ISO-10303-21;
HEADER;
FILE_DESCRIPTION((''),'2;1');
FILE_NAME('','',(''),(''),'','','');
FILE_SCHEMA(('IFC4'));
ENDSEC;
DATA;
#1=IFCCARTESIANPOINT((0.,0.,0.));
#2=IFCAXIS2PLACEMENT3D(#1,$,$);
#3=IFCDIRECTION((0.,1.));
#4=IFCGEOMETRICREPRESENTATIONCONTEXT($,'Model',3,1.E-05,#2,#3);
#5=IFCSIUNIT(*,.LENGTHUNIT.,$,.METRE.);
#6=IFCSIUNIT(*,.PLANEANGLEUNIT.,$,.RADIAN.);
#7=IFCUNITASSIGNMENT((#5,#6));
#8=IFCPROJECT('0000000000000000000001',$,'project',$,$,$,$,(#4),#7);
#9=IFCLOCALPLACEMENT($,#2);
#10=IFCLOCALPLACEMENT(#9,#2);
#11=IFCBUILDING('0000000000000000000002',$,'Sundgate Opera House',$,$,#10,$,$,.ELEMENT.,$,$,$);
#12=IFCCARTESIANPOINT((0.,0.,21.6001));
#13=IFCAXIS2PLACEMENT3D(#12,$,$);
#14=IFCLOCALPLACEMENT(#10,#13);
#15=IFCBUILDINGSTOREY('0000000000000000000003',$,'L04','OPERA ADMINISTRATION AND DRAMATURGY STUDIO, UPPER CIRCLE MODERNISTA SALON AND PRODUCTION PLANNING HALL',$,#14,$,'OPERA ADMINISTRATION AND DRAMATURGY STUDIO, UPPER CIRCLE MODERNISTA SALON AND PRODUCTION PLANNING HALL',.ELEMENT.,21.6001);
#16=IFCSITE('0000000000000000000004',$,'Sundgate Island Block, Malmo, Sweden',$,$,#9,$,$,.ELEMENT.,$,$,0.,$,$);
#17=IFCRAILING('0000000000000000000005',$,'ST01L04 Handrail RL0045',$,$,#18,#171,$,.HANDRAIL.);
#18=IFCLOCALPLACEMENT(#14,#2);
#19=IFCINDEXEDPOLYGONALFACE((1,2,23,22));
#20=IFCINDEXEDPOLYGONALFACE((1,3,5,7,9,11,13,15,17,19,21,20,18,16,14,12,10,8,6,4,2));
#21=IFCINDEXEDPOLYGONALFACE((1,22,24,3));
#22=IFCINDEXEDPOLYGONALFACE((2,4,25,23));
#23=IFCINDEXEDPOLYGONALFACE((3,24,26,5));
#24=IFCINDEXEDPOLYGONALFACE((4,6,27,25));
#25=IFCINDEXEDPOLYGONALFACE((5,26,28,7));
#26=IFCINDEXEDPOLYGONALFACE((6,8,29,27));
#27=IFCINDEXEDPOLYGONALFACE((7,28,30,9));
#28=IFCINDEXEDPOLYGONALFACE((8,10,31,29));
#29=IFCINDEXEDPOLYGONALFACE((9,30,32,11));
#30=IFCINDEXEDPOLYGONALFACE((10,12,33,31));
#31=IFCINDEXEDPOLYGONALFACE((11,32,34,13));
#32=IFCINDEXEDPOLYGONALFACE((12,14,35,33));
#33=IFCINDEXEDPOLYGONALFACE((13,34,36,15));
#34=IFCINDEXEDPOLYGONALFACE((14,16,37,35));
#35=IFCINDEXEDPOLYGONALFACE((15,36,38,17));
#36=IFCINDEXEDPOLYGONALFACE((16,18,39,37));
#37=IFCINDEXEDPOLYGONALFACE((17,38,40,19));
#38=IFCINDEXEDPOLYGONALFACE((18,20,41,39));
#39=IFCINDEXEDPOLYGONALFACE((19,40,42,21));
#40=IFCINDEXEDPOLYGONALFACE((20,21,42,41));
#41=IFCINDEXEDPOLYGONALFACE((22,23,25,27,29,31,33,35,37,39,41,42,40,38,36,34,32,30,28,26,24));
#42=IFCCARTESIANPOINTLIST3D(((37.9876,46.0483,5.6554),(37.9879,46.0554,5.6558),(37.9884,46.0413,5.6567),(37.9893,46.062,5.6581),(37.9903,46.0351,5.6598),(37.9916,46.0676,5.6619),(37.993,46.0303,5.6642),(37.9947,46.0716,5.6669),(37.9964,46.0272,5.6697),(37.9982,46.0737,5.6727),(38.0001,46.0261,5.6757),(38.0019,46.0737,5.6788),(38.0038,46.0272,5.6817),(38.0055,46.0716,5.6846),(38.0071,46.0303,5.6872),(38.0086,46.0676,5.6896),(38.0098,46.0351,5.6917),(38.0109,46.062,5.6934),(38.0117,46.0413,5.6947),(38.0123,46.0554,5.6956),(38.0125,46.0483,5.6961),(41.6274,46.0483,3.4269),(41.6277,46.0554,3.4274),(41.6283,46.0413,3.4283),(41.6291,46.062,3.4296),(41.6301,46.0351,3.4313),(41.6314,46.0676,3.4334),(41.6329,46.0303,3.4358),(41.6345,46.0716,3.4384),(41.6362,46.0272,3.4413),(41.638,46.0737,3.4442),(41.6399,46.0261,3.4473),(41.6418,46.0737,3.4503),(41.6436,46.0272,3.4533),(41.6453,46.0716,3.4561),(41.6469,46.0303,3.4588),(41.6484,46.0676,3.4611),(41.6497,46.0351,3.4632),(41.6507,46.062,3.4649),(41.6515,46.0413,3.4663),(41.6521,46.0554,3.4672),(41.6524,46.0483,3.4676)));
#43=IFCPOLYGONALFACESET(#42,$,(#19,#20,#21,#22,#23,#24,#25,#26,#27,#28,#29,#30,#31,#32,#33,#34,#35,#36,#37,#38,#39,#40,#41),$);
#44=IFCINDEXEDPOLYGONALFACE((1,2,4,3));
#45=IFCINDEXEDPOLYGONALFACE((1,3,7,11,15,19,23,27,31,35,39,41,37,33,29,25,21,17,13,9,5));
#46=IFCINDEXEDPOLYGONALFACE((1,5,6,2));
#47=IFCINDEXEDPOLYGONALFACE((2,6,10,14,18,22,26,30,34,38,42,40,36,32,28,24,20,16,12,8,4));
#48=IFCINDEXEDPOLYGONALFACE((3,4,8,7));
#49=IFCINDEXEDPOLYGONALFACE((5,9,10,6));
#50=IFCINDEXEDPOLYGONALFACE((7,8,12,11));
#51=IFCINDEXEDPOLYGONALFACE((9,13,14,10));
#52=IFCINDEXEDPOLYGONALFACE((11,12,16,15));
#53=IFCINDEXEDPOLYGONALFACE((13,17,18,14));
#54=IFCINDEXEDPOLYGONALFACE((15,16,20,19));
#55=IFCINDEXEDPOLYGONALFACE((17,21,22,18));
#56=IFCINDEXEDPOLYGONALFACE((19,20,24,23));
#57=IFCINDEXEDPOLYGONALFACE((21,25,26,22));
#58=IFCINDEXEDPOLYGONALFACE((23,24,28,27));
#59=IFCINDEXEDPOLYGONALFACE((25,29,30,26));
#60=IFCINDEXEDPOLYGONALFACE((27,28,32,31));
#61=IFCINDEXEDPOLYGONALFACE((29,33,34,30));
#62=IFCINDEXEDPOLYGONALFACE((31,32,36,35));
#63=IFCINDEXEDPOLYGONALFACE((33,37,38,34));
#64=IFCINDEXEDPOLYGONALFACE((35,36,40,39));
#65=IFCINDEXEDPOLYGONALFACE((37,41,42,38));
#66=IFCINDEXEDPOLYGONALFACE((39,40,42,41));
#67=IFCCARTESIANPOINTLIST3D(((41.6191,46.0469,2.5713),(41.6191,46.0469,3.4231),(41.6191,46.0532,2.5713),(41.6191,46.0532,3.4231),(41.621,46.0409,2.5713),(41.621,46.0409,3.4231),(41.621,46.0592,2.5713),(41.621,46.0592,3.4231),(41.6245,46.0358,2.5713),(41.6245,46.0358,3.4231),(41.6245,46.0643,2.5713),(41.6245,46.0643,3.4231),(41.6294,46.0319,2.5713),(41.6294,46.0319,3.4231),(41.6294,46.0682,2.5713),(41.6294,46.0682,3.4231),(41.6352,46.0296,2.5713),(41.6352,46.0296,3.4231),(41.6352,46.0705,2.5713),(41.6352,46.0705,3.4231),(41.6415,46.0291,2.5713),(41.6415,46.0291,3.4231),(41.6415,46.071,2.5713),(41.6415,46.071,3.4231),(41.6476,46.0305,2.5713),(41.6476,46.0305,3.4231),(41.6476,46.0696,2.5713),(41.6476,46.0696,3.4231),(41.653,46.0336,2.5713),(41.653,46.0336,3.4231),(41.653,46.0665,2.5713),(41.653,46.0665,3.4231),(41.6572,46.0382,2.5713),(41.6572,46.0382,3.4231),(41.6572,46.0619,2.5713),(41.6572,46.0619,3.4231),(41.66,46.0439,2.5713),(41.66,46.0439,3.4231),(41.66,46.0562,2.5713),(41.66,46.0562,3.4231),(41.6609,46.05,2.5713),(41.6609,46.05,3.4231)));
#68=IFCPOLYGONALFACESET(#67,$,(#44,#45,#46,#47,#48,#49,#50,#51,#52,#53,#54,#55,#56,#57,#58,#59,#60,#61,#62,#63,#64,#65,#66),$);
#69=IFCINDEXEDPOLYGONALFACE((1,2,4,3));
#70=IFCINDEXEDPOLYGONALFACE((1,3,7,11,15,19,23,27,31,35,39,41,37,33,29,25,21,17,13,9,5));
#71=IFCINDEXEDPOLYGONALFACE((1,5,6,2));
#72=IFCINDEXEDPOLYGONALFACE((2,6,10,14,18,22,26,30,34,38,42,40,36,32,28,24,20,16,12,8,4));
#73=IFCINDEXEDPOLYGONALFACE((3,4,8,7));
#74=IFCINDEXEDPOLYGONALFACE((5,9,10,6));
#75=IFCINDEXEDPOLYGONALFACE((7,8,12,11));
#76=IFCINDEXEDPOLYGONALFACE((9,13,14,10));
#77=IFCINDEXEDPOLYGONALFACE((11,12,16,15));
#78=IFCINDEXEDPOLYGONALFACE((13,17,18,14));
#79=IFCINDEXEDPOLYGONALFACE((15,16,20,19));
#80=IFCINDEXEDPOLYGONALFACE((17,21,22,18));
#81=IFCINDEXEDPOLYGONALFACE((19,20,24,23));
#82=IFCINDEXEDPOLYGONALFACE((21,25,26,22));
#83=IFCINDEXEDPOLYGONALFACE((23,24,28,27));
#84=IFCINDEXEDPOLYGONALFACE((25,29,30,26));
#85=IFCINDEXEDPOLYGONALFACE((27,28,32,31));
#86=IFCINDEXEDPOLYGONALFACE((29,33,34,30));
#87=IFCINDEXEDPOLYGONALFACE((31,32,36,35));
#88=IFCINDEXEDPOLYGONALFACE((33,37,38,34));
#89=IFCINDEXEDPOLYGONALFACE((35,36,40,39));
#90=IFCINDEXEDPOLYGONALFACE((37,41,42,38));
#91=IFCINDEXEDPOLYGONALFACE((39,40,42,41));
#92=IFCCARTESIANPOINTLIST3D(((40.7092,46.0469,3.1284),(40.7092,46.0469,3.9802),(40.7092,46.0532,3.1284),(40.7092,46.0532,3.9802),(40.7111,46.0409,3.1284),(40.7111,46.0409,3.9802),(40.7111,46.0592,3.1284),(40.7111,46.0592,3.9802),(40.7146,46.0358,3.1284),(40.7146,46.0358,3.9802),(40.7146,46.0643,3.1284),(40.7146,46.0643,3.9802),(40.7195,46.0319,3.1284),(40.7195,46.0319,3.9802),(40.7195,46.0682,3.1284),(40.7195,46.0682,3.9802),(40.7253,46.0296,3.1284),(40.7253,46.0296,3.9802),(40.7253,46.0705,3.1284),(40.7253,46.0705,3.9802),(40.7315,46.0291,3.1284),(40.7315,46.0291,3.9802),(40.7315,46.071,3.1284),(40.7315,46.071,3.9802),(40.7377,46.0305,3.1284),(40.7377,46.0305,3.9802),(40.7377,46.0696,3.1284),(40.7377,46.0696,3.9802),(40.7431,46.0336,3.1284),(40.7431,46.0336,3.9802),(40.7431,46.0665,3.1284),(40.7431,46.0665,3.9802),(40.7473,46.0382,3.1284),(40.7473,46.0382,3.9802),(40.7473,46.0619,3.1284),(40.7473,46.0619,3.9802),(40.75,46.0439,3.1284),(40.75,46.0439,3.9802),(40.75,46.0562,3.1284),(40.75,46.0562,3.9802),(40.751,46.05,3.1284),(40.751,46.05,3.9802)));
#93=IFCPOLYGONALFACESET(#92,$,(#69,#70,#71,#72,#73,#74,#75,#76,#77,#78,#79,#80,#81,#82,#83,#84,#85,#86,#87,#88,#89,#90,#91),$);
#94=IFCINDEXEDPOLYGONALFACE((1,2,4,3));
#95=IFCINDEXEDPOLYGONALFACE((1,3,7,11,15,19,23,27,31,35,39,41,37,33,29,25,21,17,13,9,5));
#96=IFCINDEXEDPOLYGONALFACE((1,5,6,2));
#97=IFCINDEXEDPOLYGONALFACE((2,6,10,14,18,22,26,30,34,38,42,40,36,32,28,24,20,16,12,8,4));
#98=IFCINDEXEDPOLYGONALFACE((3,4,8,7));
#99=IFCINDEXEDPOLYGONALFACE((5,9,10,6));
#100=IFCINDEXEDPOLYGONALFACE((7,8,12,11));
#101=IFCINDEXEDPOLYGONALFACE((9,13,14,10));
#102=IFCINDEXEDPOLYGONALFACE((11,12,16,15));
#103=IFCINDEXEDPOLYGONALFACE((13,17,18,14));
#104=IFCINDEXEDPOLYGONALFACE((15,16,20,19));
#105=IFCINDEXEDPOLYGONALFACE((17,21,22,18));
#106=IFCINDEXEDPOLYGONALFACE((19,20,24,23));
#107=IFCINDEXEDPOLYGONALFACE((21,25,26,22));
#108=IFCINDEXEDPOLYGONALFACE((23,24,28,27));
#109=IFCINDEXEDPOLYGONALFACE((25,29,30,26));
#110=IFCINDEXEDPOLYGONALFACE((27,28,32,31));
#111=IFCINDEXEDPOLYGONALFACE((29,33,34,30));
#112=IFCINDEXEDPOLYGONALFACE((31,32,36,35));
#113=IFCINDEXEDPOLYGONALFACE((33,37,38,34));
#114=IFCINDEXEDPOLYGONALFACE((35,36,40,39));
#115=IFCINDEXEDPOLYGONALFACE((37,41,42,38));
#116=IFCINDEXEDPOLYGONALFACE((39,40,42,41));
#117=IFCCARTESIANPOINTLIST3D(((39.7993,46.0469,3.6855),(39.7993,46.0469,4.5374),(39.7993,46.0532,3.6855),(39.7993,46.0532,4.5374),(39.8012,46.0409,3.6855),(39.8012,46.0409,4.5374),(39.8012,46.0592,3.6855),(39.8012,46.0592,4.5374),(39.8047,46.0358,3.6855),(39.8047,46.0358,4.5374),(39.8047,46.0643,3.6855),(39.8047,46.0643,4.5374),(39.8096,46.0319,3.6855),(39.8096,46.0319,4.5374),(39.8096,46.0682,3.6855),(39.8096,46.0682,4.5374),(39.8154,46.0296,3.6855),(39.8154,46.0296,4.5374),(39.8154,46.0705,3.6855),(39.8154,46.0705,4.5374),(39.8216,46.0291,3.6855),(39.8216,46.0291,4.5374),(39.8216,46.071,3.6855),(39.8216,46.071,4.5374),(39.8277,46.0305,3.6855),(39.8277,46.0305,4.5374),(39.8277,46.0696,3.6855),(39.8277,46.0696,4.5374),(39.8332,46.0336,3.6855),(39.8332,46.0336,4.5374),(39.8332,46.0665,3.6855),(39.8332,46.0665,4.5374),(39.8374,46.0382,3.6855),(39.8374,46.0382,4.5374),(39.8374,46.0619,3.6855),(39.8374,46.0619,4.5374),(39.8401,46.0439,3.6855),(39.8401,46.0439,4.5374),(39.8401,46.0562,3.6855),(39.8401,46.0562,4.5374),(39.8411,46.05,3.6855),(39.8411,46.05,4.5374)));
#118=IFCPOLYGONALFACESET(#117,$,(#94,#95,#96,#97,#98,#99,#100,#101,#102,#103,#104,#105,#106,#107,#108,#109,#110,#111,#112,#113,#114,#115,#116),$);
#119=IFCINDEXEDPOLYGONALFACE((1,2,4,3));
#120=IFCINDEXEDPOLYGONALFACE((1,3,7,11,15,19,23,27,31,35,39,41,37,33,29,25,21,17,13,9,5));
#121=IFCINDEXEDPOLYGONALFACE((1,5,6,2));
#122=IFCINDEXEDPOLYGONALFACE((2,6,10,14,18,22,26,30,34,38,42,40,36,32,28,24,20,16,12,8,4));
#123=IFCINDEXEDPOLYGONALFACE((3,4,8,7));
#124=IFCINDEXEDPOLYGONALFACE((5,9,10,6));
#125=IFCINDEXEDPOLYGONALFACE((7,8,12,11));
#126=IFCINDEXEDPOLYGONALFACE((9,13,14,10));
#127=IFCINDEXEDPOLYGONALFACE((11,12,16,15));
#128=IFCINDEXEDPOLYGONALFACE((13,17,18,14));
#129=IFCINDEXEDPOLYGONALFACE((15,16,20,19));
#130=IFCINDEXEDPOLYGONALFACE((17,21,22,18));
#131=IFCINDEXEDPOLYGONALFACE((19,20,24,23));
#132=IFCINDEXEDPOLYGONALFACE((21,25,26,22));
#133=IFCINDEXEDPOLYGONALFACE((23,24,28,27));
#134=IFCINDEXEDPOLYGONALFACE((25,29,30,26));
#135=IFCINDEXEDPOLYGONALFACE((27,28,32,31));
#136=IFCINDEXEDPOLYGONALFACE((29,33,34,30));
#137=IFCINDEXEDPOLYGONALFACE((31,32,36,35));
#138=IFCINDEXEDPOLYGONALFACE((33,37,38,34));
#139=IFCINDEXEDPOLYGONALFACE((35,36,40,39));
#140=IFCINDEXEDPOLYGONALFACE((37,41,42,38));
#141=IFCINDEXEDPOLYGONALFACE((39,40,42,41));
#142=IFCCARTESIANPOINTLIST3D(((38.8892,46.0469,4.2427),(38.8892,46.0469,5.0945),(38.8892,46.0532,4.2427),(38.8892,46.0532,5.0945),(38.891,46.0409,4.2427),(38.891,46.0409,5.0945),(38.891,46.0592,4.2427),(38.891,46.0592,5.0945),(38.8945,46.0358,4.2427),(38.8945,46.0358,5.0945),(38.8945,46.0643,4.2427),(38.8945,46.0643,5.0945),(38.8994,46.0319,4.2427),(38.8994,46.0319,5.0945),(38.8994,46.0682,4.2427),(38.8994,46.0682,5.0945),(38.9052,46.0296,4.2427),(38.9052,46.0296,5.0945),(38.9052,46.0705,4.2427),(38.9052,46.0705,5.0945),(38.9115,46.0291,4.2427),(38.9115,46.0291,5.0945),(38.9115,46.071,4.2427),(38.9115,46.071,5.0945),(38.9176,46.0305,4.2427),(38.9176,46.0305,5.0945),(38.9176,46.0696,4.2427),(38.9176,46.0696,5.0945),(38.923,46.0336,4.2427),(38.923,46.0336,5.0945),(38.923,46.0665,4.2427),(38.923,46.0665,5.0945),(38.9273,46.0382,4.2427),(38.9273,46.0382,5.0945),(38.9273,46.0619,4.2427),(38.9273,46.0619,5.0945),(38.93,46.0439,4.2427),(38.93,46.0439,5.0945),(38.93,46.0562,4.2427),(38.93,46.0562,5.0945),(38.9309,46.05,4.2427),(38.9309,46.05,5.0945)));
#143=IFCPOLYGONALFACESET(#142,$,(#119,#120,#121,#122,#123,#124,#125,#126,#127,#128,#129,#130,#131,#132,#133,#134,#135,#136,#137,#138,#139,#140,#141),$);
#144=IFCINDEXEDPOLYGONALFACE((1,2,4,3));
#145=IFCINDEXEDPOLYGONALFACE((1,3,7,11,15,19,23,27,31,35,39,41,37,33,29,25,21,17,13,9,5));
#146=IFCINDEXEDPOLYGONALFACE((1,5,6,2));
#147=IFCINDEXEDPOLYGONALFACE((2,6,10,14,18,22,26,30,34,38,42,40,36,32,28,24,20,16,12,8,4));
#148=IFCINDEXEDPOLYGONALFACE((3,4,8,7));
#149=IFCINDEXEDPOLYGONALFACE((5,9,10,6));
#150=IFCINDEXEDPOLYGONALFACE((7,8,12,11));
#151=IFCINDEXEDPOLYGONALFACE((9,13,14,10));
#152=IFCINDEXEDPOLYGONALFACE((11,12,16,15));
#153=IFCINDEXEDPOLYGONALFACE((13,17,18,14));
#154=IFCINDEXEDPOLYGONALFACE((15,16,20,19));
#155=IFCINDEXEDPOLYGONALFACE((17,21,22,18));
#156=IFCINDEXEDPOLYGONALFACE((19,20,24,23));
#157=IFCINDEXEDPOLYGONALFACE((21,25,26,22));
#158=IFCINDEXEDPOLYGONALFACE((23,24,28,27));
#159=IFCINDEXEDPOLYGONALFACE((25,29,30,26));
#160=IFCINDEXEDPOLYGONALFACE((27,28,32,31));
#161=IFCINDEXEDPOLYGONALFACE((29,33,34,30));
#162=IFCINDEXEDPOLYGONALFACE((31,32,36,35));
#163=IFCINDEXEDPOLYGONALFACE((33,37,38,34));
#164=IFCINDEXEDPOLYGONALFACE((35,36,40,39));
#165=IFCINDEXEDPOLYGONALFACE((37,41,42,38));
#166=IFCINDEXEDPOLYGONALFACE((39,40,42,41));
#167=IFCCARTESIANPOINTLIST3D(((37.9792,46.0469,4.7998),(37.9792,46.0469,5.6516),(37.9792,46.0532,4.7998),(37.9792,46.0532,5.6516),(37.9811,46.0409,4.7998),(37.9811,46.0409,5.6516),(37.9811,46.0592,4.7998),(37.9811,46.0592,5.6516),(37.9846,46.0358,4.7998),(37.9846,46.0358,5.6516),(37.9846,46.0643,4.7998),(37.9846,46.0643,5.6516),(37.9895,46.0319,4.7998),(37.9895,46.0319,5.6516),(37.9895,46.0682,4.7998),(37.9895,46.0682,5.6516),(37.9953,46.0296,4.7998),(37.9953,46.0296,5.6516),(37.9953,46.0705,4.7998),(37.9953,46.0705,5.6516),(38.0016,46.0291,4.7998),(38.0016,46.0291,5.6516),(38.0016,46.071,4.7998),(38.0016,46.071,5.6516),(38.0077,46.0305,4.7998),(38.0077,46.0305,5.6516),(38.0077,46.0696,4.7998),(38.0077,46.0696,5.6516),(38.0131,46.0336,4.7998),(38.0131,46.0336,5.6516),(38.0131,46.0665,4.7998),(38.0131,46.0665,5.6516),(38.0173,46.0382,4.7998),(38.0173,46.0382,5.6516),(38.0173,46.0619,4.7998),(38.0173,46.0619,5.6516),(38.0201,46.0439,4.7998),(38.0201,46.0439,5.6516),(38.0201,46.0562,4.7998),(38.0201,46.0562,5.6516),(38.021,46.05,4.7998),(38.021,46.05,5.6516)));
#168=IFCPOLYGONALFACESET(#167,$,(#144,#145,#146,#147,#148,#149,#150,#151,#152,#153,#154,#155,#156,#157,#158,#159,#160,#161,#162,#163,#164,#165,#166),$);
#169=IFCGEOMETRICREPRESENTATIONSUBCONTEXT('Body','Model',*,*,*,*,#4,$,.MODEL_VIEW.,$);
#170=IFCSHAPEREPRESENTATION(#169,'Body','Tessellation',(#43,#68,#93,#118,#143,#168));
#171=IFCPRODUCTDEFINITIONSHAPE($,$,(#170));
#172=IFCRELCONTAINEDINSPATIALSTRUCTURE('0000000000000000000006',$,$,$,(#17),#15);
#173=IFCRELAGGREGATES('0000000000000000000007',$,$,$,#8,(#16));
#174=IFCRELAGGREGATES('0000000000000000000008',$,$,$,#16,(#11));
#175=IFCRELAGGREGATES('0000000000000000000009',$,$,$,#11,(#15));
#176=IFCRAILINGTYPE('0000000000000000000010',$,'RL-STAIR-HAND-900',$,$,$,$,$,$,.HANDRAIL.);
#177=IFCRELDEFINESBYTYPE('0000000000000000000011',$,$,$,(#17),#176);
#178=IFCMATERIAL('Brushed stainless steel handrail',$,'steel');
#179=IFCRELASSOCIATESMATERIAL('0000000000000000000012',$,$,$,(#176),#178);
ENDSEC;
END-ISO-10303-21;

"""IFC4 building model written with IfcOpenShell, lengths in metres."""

from ifc_helpers import new_model, si_unit, direction, frame, origin, origin_2d, place, context, subcontext, project, spatial, circle, extrude, material, type_object, element, save


model = new_model("IFC4")

# Units and contexts
model_context = context("Model", 3, precision=1e-05, world=origin(), true_north=direction((0.0, 1.0)))
body_context = subcontext(model_context, "Body", "Model", "MODEL_VIEW")
ifc_project = project(units=[si_unit("LENGTHUNIT", "METRE"), si_unit("PLANEANGLEUNIT", "RADIAN")], contexts=[model_context])

# Site, building, storey
site_placement = place(None, origin())
site = spatial("IfcSite", under=ifc_project, at=site_placement, Name="Sundgate Island Block, Malmo, Sweden", CompositionType="ELEMENT", RefElevation=0.0)
building_placement = place(site_placement, origin())
building = spatial("IfcBuilding", under=site, at=building_placement, Name="Sundgate Opera House", CompositionType="ELEMENT")
storey_placement = place(building_placement, frame((0.0, 0.0, 21.6001)))
storey = spatial("IfcBuildingStorey", under=building, at=storey_placement, Name="L04", Description="OPERA ADMINISTRATION AND DRAMATURGY STUDIO, UPPER CIRCLE MODERNISTA SALON AND PRODUCTION PLANNING HALL", LongName="OPERA ADMINISTRATION AND DRAMATURGY STUDIO, UPPER CIRCLE MODERNISTA SALON AND PRODUCTION PLANNING HALL", CompositionType="ELEMENT", Elevation=21.6001)

# Railing
ifc_material_1 = material(Name="Brushed stainless steel handrail", Category="steel")
railing_type_1 = type_object("IfcRailingType", Name="RL-STAIR-HAND-900", PredefinedType="HANDRAIL", material=ifc_material_1)
railing_1_placement = place(storey_placement, frame((41.6399, 46.05, 2.5713)))
element("IfcRailing", 1, at=railing_1_placement, inside=storey, type_object=railing_type_1, Name="ST01L04 Handrail RL0045", PredefinedType="HANDRAIL", context=body_context, shape_type="SweptSolid", body=[
    extrude(circle(Radius=0.0239, at=origin_2d()), frame((0.0, 0.0, 0.876), z_axis=(-0.85285, 0.0, 0.522156), x_axis=(0.0, -1.0, 0.0)), (0.0, 0.0, 1.0), 4.2678),
    extrude(circle(Radius=0.021, at=origin_2d()), origin(), (0.0, 0.0, 1.0), 0.8518),
    extrude(circle(Radius=0.021, at=origin_2d()), frame((-0.9099, 0.0, 0.5571)), (0.0, 0.0, 1.0), 0.8518),
    extrude(circle(Radius=0.021, at=origin_2d()), frame((-1.8198, 0.0, 1.1143)), (0.0, 0.0, 1.0), 0.8518),
    extrude(circle(Radius=0.021, at=origin_2d()), frame((-2.73, 0.0, 1.6714)), (0.0, 0.0, 1.0), 0.8518),
    extrude(circle(Radius=0.021, at=origin_2d()), frame((-3.6399, 0.0, 2.2285)), (0.0, 0.0, 1.0), 0.8518),
])

save(model, "model.ifc")
